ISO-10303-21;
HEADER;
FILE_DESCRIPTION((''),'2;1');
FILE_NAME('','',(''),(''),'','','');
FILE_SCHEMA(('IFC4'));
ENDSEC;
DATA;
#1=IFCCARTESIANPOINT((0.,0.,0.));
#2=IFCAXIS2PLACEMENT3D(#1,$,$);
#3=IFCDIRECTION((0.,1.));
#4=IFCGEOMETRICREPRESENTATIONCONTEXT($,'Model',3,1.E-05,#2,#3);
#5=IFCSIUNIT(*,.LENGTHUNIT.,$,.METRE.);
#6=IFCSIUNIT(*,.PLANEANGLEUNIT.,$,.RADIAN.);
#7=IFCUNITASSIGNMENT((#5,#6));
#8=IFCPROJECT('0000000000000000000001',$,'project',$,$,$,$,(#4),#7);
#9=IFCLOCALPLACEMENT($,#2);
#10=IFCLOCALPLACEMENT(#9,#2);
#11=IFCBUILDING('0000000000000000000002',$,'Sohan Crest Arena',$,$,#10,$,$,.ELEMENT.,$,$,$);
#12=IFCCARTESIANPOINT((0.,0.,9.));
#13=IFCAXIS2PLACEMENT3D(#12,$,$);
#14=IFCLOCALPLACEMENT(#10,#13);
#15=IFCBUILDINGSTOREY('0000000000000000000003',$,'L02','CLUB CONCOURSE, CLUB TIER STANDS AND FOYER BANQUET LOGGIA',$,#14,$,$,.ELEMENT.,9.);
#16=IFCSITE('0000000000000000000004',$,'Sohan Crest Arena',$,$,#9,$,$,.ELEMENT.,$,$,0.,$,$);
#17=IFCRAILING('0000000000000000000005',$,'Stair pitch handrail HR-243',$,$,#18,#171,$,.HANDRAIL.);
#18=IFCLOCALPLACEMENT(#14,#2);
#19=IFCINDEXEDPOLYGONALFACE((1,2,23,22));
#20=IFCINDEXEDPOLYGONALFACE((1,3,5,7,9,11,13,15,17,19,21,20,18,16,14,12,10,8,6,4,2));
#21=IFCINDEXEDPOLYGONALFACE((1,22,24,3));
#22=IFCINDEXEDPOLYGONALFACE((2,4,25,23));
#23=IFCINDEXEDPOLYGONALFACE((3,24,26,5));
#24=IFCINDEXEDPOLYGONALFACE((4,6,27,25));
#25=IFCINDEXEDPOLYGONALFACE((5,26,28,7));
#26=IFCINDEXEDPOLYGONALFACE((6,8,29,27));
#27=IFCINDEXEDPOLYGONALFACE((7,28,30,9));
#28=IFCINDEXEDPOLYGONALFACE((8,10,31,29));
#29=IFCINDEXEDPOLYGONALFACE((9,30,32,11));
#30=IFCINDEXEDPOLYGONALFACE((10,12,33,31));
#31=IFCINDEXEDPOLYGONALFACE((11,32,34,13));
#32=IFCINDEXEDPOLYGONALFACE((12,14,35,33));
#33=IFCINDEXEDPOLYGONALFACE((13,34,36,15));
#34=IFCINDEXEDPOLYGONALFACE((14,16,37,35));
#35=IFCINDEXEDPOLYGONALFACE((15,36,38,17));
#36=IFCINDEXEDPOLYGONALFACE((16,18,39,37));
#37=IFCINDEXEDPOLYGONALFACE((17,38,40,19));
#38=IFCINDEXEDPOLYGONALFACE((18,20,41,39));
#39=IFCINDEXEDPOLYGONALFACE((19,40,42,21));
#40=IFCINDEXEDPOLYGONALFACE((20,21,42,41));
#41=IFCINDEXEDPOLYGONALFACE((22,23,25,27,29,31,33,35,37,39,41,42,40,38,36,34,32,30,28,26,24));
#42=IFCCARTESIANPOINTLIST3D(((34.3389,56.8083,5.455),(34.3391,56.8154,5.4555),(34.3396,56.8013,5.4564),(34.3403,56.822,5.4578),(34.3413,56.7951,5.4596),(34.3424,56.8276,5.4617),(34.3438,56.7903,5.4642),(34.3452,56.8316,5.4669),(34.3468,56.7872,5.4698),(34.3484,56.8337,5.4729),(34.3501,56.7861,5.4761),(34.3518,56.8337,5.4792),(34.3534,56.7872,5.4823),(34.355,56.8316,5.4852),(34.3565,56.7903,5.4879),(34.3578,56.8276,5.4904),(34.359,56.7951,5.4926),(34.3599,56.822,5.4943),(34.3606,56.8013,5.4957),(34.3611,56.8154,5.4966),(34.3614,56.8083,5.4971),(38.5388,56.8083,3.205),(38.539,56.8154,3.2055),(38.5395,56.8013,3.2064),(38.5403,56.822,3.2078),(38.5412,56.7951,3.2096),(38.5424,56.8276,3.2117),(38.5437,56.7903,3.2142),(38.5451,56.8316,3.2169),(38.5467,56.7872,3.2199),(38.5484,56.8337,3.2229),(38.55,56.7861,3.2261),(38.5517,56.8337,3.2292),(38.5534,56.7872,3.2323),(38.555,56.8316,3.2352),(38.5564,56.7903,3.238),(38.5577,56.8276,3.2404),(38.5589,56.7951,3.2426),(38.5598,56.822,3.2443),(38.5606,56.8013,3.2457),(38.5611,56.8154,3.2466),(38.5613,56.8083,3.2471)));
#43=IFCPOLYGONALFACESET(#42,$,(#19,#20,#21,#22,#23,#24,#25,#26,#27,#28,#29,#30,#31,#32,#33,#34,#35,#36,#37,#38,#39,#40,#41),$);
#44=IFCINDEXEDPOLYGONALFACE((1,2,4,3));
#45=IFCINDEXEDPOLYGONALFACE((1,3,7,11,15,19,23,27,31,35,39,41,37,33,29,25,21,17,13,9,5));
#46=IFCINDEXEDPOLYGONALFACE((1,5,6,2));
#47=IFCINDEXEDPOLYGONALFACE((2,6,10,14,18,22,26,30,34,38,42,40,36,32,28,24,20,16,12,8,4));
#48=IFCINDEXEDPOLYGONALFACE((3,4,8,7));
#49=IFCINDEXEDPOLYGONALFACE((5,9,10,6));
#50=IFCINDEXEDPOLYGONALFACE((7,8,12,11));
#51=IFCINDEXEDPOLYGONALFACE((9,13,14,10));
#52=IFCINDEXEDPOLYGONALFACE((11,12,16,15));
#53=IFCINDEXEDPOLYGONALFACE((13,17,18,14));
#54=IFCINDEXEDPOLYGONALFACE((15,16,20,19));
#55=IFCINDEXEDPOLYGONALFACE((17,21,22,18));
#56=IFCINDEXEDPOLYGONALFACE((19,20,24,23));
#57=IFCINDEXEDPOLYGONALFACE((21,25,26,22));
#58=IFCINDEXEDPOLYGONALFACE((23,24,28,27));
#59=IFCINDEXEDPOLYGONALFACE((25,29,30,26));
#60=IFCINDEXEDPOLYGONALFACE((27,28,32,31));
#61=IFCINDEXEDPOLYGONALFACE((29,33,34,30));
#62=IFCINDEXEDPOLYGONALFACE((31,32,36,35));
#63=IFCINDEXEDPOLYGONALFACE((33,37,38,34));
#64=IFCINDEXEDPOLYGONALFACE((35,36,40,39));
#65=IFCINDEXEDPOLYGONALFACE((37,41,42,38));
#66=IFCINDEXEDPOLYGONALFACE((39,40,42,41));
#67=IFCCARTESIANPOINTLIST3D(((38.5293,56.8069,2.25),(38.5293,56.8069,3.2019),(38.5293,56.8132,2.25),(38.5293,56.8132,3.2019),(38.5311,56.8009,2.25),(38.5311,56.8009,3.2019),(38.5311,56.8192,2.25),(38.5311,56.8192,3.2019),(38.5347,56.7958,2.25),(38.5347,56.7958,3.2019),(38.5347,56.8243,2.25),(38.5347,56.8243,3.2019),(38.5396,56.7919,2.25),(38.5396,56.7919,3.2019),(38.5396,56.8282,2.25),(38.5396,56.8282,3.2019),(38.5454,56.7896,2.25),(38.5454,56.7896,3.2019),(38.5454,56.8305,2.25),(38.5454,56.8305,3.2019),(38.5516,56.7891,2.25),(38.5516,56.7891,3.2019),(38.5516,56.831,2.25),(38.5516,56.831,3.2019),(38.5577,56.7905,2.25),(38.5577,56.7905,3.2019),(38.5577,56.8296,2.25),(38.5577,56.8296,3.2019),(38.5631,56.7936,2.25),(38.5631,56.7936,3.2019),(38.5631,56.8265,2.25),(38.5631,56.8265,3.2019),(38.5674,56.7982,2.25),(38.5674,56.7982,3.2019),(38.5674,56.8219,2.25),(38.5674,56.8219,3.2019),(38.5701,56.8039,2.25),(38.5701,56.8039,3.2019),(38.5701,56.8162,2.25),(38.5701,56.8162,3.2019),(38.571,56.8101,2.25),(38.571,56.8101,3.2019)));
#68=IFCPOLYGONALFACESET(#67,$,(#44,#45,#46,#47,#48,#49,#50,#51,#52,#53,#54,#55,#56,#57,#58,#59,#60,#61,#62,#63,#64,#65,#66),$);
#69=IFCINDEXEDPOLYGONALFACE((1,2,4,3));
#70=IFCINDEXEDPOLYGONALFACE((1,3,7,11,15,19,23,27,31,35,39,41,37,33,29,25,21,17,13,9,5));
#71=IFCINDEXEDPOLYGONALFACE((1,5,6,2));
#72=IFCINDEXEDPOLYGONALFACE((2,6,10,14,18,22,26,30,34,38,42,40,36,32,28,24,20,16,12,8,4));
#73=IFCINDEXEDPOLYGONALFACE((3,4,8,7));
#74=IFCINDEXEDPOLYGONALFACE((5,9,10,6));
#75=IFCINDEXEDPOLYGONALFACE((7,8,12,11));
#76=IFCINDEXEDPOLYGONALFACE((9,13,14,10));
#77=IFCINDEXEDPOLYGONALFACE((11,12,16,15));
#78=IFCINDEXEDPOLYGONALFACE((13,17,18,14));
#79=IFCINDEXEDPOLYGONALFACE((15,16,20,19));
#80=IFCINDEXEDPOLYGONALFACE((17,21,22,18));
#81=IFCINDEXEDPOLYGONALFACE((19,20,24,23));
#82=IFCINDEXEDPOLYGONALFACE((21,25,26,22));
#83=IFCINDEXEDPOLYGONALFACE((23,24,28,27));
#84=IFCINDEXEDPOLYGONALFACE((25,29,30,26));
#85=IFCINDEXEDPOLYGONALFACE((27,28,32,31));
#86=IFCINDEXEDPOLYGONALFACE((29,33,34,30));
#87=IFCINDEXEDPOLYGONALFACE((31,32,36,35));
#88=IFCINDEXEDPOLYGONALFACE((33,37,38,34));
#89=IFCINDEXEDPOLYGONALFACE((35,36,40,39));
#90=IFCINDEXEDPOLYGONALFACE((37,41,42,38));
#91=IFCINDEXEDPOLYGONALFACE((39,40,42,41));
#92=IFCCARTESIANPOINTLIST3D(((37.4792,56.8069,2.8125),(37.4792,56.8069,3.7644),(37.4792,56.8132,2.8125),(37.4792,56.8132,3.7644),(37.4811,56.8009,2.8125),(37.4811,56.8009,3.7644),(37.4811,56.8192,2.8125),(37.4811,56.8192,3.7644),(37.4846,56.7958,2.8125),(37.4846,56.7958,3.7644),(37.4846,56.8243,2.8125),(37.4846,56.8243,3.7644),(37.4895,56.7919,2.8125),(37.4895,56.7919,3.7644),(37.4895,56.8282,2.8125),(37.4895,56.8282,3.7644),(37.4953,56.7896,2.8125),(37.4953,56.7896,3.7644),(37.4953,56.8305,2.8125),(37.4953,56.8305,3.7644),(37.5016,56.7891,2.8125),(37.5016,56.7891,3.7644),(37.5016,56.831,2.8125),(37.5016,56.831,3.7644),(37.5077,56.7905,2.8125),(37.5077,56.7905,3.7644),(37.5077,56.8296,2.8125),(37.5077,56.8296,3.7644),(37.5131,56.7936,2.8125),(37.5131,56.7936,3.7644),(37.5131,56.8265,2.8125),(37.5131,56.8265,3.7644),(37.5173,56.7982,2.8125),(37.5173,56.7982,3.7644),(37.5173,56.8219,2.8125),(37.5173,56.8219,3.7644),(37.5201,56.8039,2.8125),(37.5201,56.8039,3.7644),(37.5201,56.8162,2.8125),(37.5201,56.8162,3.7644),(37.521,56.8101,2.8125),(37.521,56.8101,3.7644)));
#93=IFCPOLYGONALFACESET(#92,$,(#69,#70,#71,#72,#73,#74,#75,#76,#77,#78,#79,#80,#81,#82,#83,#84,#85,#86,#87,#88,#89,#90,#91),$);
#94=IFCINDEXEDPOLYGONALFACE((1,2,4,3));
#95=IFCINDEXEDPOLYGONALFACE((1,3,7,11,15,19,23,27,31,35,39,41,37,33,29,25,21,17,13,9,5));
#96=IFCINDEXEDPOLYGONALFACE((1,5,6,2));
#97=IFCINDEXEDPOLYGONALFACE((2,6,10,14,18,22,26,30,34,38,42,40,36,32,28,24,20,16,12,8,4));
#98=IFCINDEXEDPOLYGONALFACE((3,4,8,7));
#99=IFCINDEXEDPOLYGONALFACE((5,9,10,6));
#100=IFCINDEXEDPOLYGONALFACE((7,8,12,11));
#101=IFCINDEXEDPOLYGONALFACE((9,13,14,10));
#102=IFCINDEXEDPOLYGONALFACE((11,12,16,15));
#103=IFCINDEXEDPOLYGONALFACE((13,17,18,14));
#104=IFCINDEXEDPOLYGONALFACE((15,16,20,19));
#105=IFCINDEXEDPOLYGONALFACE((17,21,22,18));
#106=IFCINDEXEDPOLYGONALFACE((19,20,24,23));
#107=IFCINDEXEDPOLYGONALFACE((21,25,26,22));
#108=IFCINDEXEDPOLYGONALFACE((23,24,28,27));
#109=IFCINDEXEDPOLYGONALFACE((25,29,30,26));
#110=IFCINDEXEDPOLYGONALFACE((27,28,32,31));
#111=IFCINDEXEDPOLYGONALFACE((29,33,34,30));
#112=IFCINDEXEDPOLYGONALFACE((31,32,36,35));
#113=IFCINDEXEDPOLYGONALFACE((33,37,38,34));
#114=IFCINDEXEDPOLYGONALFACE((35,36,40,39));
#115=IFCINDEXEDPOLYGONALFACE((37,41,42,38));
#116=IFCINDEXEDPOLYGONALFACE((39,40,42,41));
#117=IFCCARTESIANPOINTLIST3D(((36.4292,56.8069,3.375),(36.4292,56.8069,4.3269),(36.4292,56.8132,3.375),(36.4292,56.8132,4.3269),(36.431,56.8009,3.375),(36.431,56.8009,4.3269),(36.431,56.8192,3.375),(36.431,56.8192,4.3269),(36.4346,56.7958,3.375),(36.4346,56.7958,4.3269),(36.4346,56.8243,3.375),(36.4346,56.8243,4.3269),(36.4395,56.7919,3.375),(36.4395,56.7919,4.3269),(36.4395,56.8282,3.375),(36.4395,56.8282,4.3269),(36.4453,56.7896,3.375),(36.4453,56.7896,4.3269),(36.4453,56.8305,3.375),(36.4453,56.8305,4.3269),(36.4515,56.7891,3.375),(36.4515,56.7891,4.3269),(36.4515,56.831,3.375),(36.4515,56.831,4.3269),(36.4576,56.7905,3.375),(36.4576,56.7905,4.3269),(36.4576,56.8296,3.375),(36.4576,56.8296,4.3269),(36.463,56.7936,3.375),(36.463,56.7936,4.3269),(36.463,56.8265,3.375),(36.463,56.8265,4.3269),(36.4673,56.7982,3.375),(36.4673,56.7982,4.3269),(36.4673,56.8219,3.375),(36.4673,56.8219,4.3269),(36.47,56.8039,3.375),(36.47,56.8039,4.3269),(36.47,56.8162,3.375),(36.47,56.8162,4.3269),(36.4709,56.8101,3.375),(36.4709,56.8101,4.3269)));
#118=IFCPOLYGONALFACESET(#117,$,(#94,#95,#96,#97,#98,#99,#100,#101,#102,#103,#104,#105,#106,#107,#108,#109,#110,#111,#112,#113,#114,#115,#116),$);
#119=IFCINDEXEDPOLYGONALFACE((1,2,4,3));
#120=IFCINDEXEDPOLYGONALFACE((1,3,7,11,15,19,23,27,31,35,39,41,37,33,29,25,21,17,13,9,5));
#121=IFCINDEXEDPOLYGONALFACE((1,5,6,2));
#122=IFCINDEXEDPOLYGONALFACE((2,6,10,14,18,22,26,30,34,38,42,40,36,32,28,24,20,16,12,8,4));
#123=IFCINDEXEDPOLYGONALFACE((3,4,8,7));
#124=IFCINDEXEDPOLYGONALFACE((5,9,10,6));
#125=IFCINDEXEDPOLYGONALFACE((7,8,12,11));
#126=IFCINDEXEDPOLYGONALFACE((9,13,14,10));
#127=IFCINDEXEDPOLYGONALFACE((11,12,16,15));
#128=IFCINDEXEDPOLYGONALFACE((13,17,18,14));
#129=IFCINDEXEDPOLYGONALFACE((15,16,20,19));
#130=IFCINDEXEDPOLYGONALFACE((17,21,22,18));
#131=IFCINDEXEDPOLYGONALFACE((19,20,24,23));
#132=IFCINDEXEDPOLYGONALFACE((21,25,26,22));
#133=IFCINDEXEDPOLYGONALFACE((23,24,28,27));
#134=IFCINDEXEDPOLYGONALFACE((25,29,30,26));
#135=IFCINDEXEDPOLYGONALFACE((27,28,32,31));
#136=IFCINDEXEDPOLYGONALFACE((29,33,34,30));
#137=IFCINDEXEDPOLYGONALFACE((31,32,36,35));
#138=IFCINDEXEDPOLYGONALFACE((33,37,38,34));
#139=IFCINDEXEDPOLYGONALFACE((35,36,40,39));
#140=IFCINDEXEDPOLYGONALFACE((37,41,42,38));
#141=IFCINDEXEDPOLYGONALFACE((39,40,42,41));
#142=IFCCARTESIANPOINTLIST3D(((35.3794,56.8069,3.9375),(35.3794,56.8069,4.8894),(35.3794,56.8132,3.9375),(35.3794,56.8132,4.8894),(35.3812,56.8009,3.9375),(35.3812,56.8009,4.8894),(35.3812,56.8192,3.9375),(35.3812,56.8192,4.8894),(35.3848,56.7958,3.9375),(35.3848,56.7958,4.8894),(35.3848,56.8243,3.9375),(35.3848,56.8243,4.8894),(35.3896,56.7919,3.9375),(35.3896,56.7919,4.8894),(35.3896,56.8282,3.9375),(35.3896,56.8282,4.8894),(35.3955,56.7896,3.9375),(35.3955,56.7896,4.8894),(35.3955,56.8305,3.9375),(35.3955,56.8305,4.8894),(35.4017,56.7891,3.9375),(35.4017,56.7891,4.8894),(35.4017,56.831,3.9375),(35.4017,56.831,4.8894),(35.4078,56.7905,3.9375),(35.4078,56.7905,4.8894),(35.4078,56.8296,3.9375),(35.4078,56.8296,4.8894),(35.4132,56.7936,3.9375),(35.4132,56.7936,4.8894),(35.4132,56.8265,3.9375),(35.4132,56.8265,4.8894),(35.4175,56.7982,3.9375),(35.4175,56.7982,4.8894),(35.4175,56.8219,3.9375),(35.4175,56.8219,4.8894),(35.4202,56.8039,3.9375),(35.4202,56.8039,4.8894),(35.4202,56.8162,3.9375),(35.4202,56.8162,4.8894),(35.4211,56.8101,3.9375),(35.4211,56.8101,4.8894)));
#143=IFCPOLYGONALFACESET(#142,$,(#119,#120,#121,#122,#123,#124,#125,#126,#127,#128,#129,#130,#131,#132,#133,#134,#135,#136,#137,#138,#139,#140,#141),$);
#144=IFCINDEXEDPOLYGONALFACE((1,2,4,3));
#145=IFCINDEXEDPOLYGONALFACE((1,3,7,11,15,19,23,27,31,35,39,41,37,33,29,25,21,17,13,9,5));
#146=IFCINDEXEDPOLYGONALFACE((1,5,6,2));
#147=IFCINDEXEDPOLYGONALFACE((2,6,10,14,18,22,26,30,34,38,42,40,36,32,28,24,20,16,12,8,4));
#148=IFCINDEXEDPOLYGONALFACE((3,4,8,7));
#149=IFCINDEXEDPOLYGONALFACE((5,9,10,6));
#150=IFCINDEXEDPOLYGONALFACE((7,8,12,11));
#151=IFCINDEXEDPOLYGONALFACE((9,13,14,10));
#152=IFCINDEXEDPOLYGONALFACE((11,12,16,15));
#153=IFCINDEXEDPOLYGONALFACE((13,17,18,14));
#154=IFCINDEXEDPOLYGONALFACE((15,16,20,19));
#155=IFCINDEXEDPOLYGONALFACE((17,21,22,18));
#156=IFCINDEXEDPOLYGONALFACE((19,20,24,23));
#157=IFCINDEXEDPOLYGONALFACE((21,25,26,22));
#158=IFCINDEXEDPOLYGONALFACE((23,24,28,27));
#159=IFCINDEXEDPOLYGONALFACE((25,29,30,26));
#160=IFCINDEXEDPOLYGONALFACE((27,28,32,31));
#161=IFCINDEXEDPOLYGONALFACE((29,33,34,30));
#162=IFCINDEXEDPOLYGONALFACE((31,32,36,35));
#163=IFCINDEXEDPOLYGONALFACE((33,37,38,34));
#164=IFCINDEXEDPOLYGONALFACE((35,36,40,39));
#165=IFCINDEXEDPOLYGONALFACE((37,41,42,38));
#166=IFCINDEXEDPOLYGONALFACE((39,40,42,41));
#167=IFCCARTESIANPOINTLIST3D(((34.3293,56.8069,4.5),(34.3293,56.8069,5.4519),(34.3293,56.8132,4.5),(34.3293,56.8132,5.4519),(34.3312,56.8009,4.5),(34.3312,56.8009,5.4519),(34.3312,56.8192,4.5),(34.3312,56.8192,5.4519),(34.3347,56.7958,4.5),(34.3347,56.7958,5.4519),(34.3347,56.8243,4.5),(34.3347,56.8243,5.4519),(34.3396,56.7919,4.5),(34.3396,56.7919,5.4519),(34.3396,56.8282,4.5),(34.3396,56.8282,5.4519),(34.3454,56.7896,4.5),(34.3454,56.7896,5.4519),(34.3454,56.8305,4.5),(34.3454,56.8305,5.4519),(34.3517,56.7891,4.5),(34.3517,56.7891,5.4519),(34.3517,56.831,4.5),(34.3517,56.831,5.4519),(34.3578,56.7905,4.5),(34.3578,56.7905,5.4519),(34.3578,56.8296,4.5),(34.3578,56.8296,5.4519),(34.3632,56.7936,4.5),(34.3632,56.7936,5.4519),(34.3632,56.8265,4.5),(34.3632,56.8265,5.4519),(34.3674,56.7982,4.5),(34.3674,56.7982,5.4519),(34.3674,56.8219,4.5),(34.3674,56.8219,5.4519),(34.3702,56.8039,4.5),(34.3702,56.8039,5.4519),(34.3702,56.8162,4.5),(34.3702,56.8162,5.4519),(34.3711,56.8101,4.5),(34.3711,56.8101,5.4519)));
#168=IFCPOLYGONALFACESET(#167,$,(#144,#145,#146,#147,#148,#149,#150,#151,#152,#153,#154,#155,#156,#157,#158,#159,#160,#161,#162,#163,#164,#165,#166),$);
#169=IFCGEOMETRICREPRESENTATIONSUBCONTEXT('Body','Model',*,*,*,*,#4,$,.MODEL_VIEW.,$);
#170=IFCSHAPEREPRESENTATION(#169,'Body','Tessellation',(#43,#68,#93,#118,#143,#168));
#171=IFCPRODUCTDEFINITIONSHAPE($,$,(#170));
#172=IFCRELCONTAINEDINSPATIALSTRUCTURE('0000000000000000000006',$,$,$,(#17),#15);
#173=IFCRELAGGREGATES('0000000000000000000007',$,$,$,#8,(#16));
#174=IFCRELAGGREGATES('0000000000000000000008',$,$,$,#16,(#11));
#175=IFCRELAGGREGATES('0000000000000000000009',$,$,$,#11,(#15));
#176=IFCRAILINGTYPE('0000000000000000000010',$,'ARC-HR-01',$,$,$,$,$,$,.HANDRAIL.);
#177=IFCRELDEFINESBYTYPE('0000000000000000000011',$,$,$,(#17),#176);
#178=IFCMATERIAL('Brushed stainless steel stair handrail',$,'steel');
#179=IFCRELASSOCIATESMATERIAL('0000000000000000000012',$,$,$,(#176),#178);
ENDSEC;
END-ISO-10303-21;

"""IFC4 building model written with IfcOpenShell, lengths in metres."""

from ifc_helpers import new_model, si_unit, direction, frame, origin, origin_2d, place, context, subcontext, project, spatial, circle, extrude, material, type_object, element, save


model = new_model("IFC4")

# Units and contexts
model_context = context("Model", 3, precision=1e-05, world=origin(), true_north=direction((0.0, 1.0)))
body_context = subcontext(model_context, "Body", "Model", "MODEL_VIEW")
ifc_project = project(units=[si_unit("LENGTHUNIT", "METRE"), si_unit("PLANEANGLEUNIT", "RADIAN")], contexts=[model_context])

# Site, building, storey
site_placement = place(None, origin())
site = spatial("IfcSite", under=ifc_project, at=site_placement, Name="Sohan Crest Arena", CompositionType="ELEMENT", RefElevation=0.0)
building_placement = place(site_placement, origin())
building = spatial("IfcBuilding", under=site, at=building_placement, Name="Sohan Crest Arena", CompositionType="ELEMENT")
storey_placement = place(building_placement, frame((0.0, 0.0, 9.0)))
storey = spatial("IfcBuildingStorey", under=building, at=storey_placement, Name="L02", Description="CLUB CONCOURSE, CLUB TIER STANDS AND FOYER BANQUET LOGGIA", CompositionType="ELEMENT", Elevation=9.0)

# Railing
ifc_material_1 = material(Name="Brushed stainless steel stair handrail", Category="steel")
railing_type_1 = type_object("IfcRailingType", Name="ARC-HR-01", PredefinedType="HANDRAIL", material=ifc_material_1)
railing_1_placement = place(storey_placement, frame((38.55, 56.8101, 2.25)))
element("IfcRailing", 1, at=railing_1_placement, inside=storey, type_object=railing_type_1, Name="Stair pitch handrail HR-243", PredefinedType="HANDRAIL", context=body_context, shape_type="SweptSolid", body=[
    extrude(circle(Radius=0.0239, at=origin_2d()), frame((0.0, 0.0, 0.9761), z_axis=(-0.881478, 0.0, 0.472226), x_axis=(0.0, -1.0, 0.0)), (0.0, 0.0, 1.0), 4.7646),
    extrude(circle(Radius=0.021, at=origin_2d()), origin(), (0.0, 0.0, 1.0), 0.9519),
    extrude(circle(Radius=0.021, at=origin_2d()), frame((-1.05, 0.0, 0.5625)), (0.0, 0.0, 1.0), 0.9519),
    extrude(circle(Radius=0.021, at=origin_2d()), frame((-2.1001, 0.0, 1.125)), (0.0, 0.0, 1.0), 0.9519),
    extrude(circle(Radius=0.021, at=origin_2d()), frame((-3.1499, 0.0, 1.6875)), (0.0, 0.0, 1.0), 0.9519),
    extrude(circle(Radius=0.021, at=origin_2d()), frame((-4.2, 0.0, 2.25)), (0.0, 0.0, 1.0), 0.9519),
])

save(model, "model.ifc")
